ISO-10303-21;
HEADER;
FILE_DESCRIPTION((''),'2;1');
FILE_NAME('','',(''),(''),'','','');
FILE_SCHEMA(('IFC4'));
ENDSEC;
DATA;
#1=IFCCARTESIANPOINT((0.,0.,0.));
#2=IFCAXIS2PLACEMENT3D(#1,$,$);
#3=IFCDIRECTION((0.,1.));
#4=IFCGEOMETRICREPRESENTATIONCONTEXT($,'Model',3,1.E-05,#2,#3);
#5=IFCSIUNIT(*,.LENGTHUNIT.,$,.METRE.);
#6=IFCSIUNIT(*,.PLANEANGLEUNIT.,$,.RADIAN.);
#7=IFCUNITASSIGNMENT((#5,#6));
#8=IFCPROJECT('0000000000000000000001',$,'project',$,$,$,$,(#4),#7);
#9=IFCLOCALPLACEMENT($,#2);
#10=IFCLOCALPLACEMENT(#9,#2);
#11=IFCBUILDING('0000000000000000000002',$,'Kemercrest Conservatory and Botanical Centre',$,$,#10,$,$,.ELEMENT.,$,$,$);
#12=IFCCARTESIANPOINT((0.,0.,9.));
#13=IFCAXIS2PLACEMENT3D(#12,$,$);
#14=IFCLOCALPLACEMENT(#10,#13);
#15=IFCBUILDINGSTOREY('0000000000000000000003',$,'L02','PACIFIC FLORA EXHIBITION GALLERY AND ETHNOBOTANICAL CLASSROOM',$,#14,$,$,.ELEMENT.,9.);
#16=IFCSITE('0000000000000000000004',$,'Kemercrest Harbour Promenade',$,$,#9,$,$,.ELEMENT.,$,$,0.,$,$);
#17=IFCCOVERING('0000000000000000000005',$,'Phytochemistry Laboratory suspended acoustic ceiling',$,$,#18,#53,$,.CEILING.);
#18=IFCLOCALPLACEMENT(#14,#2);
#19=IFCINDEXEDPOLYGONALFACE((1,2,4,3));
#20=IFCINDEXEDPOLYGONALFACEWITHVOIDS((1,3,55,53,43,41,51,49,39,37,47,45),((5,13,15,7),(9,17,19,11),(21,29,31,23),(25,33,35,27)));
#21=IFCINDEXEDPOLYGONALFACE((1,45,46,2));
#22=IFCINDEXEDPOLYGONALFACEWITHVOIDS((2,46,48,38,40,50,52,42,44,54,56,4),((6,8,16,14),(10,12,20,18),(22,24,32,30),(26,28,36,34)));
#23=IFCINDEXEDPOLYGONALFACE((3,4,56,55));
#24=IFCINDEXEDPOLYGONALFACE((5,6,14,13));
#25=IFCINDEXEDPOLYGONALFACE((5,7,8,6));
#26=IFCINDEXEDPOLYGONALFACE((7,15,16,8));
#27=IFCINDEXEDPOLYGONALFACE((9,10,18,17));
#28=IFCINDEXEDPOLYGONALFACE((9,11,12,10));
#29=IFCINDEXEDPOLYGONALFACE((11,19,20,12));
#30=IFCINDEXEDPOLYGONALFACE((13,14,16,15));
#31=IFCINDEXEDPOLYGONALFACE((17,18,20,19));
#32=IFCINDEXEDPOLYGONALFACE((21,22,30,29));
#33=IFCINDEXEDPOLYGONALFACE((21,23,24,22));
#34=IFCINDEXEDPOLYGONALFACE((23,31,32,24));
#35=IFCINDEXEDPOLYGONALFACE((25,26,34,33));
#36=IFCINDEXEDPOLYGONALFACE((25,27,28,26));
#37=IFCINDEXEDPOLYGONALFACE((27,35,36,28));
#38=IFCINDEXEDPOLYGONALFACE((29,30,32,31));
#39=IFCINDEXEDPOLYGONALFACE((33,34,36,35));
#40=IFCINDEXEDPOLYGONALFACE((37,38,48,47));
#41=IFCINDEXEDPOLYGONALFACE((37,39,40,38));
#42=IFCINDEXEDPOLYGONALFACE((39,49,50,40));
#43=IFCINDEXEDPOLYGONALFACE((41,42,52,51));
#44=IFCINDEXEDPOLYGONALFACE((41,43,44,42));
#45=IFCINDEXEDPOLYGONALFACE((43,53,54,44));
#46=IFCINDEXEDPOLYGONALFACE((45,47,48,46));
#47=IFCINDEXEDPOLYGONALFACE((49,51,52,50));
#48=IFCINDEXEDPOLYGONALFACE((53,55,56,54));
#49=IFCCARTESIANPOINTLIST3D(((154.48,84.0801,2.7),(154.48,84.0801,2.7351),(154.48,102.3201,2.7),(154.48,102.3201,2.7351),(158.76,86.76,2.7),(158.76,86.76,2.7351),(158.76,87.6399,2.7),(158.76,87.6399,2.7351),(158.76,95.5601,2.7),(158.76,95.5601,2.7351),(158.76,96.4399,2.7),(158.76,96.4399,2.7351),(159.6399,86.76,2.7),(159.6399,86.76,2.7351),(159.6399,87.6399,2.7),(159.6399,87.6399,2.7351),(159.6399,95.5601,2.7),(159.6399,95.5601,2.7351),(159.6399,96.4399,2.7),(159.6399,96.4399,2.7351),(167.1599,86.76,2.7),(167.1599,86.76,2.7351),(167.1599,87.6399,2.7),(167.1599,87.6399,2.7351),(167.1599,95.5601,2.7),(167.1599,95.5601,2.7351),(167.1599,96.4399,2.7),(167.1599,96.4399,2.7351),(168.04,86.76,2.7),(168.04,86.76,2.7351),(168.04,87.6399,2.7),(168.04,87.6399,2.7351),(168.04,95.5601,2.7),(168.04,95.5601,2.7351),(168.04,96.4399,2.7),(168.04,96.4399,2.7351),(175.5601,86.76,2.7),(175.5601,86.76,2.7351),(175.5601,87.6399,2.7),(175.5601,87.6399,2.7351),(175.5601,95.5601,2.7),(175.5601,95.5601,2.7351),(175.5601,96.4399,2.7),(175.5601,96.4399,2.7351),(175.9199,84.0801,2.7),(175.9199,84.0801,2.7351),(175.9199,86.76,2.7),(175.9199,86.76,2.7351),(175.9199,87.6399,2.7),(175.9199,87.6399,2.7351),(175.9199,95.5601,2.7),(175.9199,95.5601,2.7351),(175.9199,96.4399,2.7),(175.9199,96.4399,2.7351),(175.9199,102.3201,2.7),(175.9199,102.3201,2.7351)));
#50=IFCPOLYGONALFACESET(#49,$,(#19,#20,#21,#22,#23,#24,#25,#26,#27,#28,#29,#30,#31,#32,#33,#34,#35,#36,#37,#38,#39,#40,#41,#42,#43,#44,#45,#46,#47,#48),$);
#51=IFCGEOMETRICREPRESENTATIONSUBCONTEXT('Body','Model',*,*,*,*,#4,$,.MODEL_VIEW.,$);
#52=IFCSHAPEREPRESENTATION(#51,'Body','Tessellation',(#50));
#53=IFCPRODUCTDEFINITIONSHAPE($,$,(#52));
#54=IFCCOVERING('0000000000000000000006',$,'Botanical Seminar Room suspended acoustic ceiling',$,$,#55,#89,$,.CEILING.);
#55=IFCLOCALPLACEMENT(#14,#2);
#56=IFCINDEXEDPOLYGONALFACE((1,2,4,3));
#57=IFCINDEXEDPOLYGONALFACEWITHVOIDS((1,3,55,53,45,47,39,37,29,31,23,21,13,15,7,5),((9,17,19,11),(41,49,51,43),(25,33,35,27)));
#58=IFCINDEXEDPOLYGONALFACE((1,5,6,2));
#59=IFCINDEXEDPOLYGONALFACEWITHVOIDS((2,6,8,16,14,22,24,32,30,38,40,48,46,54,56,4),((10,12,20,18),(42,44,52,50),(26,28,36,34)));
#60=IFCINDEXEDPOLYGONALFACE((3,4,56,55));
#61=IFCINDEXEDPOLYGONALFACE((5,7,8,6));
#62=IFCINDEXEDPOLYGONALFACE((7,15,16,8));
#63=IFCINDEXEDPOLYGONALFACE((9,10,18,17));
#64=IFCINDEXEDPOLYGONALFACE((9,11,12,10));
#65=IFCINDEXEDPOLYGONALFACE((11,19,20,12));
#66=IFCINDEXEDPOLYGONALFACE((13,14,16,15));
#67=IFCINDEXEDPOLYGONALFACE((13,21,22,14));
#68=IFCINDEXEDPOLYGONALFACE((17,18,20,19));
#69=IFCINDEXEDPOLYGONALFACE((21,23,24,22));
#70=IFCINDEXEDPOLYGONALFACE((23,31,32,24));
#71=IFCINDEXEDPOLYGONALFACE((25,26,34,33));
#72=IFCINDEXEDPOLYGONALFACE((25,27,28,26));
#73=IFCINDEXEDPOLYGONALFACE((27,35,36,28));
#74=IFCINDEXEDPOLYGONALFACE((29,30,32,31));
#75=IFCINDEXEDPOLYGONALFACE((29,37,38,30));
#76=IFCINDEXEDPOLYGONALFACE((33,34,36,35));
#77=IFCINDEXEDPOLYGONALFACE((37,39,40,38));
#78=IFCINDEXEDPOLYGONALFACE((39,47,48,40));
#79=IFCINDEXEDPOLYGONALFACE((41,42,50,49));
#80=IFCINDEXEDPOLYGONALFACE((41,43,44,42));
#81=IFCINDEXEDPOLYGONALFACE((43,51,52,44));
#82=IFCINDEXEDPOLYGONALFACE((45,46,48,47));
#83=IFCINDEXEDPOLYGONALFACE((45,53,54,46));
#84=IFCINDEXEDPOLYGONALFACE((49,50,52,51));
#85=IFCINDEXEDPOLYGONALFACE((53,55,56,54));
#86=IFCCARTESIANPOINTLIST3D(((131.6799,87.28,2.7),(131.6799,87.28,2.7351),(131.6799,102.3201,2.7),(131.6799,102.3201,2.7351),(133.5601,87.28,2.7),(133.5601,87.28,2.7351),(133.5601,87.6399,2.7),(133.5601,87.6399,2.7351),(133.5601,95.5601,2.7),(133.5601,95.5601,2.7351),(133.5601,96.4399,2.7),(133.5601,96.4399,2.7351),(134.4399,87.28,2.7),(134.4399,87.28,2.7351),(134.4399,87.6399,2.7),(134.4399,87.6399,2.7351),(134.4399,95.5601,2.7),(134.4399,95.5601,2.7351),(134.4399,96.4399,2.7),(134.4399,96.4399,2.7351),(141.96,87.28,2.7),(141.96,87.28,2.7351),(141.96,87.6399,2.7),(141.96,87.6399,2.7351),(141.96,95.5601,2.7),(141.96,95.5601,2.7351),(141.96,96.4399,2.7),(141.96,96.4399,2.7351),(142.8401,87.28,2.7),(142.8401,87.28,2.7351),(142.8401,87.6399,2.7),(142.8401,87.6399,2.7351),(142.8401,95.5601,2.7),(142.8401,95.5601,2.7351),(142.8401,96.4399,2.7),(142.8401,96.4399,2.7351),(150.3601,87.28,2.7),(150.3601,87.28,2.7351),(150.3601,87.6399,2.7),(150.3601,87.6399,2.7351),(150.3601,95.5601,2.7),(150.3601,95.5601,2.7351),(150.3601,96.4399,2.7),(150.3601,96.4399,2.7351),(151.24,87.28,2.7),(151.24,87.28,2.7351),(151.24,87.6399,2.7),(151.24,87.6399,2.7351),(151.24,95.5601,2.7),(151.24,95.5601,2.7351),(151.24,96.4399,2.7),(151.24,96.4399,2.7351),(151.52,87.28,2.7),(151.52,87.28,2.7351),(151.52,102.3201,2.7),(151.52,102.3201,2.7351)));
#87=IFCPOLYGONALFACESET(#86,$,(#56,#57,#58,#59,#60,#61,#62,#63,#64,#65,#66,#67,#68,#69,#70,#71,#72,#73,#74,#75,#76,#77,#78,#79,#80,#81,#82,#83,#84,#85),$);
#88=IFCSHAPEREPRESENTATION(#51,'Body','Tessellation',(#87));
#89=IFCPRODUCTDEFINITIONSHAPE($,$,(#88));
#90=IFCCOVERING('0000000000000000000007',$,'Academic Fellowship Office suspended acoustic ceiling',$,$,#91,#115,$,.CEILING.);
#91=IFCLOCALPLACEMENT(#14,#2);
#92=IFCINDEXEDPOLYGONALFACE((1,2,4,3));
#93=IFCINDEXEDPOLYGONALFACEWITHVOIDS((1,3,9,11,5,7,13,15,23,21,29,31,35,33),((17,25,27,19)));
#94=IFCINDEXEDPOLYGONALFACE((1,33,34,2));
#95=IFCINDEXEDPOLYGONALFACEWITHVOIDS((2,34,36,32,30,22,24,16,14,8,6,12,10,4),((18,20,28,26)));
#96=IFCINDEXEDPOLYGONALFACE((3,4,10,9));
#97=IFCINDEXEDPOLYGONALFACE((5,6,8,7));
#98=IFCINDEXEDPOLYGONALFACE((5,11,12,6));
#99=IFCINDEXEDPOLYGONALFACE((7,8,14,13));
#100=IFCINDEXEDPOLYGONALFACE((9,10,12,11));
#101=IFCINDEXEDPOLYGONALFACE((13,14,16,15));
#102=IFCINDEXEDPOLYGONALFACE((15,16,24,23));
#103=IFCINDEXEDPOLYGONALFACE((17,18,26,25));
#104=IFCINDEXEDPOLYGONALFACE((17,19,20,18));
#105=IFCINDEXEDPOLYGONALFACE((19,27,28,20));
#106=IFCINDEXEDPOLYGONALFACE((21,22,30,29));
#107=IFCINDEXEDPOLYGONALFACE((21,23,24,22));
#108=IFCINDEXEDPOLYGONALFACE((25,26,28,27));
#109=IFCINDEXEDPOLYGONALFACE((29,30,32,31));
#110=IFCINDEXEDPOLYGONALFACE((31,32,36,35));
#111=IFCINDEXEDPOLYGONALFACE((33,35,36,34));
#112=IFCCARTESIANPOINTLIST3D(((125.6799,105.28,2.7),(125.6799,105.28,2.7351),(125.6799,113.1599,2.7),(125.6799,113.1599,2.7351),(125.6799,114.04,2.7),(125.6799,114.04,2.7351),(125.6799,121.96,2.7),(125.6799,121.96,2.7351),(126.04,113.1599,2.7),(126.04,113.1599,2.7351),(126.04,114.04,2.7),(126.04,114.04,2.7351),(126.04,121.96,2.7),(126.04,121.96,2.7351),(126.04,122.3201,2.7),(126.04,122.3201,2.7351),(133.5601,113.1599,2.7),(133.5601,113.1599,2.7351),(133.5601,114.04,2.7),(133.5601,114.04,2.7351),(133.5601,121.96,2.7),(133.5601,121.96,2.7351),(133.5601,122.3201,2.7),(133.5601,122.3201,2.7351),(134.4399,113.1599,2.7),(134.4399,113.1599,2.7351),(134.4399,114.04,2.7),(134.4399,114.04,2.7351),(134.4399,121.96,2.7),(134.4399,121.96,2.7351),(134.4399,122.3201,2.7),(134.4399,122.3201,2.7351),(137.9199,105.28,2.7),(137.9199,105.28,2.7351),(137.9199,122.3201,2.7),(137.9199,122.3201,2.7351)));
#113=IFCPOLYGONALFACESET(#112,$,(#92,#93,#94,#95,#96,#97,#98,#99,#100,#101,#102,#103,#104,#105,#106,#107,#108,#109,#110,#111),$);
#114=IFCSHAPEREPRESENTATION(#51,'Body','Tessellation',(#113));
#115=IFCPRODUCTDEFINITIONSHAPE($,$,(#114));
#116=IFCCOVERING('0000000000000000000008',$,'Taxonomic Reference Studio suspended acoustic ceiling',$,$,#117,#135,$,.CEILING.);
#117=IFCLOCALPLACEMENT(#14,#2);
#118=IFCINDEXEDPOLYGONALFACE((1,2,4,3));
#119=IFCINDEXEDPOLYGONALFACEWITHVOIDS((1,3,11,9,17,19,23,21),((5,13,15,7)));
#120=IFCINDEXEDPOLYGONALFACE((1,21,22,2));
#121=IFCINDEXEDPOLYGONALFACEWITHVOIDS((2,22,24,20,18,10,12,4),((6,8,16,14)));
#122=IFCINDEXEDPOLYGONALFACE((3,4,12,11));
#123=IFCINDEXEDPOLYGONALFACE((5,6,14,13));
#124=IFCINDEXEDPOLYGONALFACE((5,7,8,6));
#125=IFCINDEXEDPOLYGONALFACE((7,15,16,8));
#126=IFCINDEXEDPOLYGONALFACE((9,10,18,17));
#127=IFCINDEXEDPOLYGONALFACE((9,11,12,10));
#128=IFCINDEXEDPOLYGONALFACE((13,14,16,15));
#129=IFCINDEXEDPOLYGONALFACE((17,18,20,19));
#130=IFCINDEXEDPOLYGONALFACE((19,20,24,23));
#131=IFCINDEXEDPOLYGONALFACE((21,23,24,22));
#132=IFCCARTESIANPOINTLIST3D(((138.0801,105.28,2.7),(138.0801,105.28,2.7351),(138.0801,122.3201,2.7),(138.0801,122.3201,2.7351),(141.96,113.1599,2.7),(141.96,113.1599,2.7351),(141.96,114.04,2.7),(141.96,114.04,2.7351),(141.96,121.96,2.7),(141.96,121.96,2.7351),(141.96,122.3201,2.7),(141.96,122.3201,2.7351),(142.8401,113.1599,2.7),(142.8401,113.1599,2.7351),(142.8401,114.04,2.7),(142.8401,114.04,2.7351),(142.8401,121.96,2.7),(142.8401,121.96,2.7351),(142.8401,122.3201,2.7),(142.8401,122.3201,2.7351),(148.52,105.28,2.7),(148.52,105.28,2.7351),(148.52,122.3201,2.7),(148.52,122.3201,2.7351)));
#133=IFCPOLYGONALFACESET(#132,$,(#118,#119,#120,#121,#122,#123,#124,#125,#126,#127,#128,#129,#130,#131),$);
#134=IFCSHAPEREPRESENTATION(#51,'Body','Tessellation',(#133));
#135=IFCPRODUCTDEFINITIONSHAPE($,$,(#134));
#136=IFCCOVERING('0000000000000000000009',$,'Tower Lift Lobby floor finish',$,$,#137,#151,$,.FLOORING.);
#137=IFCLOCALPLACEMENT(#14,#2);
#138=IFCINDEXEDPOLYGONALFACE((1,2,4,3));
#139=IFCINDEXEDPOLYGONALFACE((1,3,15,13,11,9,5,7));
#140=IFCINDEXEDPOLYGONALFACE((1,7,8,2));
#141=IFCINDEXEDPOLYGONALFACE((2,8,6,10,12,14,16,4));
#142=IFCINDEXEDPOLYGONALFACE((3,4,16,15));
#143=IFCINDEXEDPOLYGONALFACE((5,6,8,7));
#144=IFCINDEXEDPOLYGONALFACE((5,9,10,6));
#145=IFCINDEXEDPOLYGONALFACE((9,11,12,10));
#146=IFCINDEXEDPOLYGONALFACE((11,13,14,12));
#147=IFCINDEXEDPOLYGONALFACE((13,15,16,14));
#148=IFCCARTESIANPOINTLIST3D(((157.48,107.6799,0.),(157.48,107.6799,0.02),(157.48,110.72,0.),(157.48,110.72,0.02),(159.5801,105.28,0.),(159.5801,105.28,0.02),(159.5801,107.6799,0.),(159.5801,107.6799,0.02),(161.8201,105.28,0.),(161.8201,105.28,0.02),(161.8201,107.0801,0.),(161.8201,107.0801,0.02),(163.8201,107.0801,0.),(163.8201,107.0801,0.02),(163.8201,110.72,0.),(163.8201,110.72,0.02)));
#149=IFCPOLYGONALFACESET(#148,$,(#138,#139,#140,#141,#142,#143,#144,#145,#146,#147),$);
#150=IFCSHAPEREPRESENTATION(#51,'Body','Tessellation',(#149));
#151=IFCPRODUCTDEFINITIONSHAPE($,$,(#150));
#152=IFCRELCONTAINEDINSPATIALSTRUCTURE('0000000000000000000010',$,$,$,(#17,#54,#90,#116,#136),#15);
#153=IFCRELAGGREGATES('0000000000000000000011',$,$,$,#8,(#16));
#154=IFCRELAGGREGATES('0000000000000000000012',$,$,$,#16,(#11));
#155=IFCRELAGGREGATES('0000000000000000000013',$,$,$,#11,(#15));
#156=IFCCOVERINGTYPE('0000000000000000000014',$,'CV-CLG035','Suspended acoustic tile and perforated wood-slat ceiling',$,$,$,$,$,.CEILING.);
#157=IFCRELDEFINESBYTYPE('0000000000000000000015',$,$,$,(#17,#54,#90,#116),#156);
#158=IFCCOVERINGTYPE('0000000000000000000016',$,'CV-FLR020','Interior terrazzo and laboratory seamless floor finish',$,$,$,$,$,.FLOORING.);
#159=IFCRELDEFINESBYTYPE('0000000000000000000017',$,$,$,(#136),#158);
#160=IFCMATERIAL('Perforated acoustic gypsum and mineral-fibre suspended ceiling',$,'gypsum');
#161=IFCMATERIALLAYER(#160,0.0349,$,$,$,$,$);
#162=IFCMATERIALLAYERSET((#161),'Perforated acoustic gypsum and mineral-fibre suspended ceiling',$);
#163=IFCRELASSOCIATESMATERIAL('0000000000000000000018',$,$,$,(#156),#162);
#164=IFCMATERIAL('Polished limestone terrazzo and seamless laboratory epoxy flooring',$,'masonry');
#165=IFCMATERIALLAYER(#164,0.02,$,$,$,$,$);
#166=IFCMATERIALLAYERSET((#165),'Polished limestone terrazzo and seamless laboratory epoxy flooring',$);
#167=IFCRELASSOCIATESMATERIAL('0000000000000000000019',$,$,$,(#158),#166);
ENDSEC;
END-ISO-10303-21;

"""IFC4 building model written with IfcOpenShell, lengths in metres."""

from ifc_helpers import new_model, si_unit, direction, frame, origin, place, context, subcontext, project, spatial, polyline, outline, extrude, material, layer, layer_set, type_object, element, save


model = new_model("IFC4")

# Units and contexts
model_context = context("Model", 3, precision=1e-05, world=origin(), true_north=direction((0.0, 1.0)))
body_context = subcontext(model_context, "Body", "Model", "MODEL_VIEW")
ifc_project = project(units=[si_unit("LENGTHUNIT", "METRE"), si_unit("PLANEANGLEUNIT", "RADIAN")], contexts=[model_context])

# Site, building, storey
site_placement = place(None, origin())
site = spatial("IfcSite", under=ifc_project, at=site_placement, Name="Kemercrest Harbour Promenade", CompositionType="ELEMENT", RefElevation=0.0)
building_placement = place(site_placement, origin())
building = spatial("IfcBuilding", under=site, at=building_placement, Name="Kemercrest Conservatory and Botanical Centre", CompositionType="ELEMENT")
storey_placement = place(building_placement, frame((0.0, 0.0, 9.0)))
storey = spatial("IfcBuildingStorey", under=building, at=storey_placement, Name="L02", Description="PACIFIC FLORA EXHIBITION GALLERY AND ETHNOBOTANICAL CLASSROOM", CompositionType="ELEMENT", Elevation=9.0)

# Coverings
ifc_material_1 = material(Name="Perforated acoustic gypsum and mineral-fibre suspended ceiling", Category="gypsum")
ifc_layer_1 = layer(ifc_material_1, 0.0349)
ifc_layer_set_1 = layer_set([ifc_layer_1], Name="Perforated acoustic gypsum and mineral-fibre suspended ceiling")
covering_type_1 = type_object("IfcCoveringType", Name="CV-CLG035", Description="Suspended acoustic tile and perforated wood-slat ceiling", PredefinedType="CEILING", material=ifc_layer_set_1)
covering_1_placement = place(storey_placement, frame((0.0, 0.0, 2.7)))
element("IfcCovering", 1, at=covering_1_placement, inside=storey, type_object=covering_type_1, Name="Phytochemistry Laboratory suspended acoustic ceiling", PredefinedType="CEILING", context=body_context, shape_type="SweptSolid", body=[
    extrude(outline(polyline([(175.9199, 102.3201), (154.48, 102.3201), (154.48, 84.0801), (175.9199, 84.0801), (175.9199, 86.76), (175.5601, 86.76), (175.5601, 87.6399), (175.9199, 87.6399), (175.9199, 95.5601), (175.5601, 95.5601), (175.5601, 96.4399), (175.9199, 96.4399), (175.9199, 102.3201)]), holes=[polyline([(167.1599, 95.5601), (167.1599, 96.4399), (168.04, 96.4399), (168.04, 95.5601), (167.1599, 95.5601)]), polyline([(168.04, 86.76), (167.1599, 86.76), (167.1599, 87.6399), (168.04, 87.6399), (168.04, 86.76)]), polyline([(158.76, 95.5601), (158.76, 96.4399), (159.6399, 96.4399), (159.6399, 95.5601), (158.76, 95.5601)]), polyline([(159.6399, 86.76), (158.76, 86.76), (158.76, 87.6399), (159.6399, 87.6399), (159.6399, 86.76)])]), origin(), (0.0, 0.0, 1.0), 0.0352),
])
covering_2_placement = place(storey_placement, frame((0.0, 0.0, 2.7)))
element("IfcCovering", 2, at=covering_2_placement, inside=storey, type_object=covering_type_1, Name="Botanical Seminar Room suspended acoustic ceiling", PredefinedType="CEILING", context=body_context, shape_type="SweptSolid", body=[
    extrude(outline(polyline([(150.3601, 87.6399), (151.24, 87.6399), (151.24, 87.28), (151.52, 87.28), (151.52, 102.3201), (131.6799, 102.3201), (131.6799, 87.28), (133.5601, 87.28), (133.5601, 87.6399), (134.4399, 87.6399), (134.4399, 87.28), (141.96, 87.28), (141.96, 87.6399), (142.8401, 87.6399), (142.8401, 87.28), (150.3601, 87.28), (150.3601, 87.6399)]), holes=[polyline([(151.24, 95.5601), (150.3601, 95.5601), (150.3601, 96.4399), (151.24, 96.4399), (151.24, 95.5601)]), polyline([(142.8401, 95.5601), (141.96, 95.5601), (141.96, 96.4399), (142.8401, 96.4399), (142.8401, 95.5601)]), polyline([(134.4399, 95.5601), (133.5601, 95.5601), (133.5601, 96.4399), (134.4399, 96.4399), (134.4399, 95.5601)])]), origin(), (0.0, 0.0, 1.0), 0.0352),
])
covering_3_placement = place(storey_placement, frame((0.0, 0.0, 2.7)))
element("IfcCovering", 3, at=covering_3_placement, inside=storey, type_object=covering_type_1, Name="Academic Fellowship Office suspended acoustic ceiling", PredefinedType="CEILING", context=body_context, shape_type="SweptSolid", body=[
    extrude(outline(polyline([(126.04, 113.1599), (125.6799, 113.1599), (125.6799, 105.28), (137.9199, 105.28), (137.9199, 122.3201), (134.4399, 122.3201), (134.4399, 121.96), (133.5601, 121.96), (133.5601, 122.3201), (126.04, 122.3201), (126.04, 121.96), (125.6799, 121.96), (125.6799, 114.04), (126.04, 114.04), (126.04, 113.1599)]), holes=[polyline([(134.4399, 113.1599), (133.5601, 113.1599), (133.5601, 114.04), (134.4399, 114.04), (134.4399, 113.1599)])]), origin(), (0.0, 0.0, 1.0), 0.0352),
])
covering_4_placement = place(storey_placement, frame((0.0, 0.0, 2.7)))
element("IfcCovering", 4, at=covering_4_placement, inside=storey, type_object=covering_type_1, Name="Taxonomic Reference Studio suspended acoustic ceiling", PredefinedType="CEILING", context=body_context, shape_type="SweptSolid", body=[
    extrude(outline(polyline([(141.96, 122.3201), (138.0801, 122.3201), (138.0801, 105.28), (148.52, 105.28), (148.52, 122.3201), (142.8401, 122.3201), (142.8401, 121.96), (141.96, 121.96), (141.96, 122.3201)]), holes=[polyline([(142.8401, 113.1599), (141.96, 113.1599), (141.96, 114.04), (142.8401, 114.04), (142.8401, 113.1599)])]), origin(), (0.0, 0.0, 1.0), 0.0352),
])
ifc_material_2 = material(Name="Polished limestone terrazzo and seamless laboratory epoxy flooring", Category="masonry")
ifc_layer_2 = layer(ifc_material_2, 0.02)
ifc_layer_set_2 = layer_set([ifc_layer_2], Name="Polished limestone terrazzo and seamless laboratory epoxy flooring")
covering_type_2 = type_object("IfcCoveringType", Name="CV-FLR020", Description="Interior terrazzo and laboratory seamless floor finish", PredefinedType="FLOORING", material=ifc_layer_set_2)
covering_5_placement = place(storey_placement, origin())
element("IfcCovering", 5, at=covering_5_placement, inside=storey, type_object=covering_type_2, Name="Tower Lift Lobby floor finish", PredefinedType="FLOORING", context=body_context, shape_type="SweptSolid", body=[
    extrude(outline(polyline([(159.5801, 107.6799), (159.5801, 105.28), (161.8201, 105.28), (161.8201, 107.0801), (163.8201, 107.0801), (163.8201, 110.72), (157.48, 110.72), (157.48, 107.6799), (159.5801, 107.6799)])), origin(), (0.0, 0.0, 1.0), 0.02),
])

save(model, "model.ifc")
